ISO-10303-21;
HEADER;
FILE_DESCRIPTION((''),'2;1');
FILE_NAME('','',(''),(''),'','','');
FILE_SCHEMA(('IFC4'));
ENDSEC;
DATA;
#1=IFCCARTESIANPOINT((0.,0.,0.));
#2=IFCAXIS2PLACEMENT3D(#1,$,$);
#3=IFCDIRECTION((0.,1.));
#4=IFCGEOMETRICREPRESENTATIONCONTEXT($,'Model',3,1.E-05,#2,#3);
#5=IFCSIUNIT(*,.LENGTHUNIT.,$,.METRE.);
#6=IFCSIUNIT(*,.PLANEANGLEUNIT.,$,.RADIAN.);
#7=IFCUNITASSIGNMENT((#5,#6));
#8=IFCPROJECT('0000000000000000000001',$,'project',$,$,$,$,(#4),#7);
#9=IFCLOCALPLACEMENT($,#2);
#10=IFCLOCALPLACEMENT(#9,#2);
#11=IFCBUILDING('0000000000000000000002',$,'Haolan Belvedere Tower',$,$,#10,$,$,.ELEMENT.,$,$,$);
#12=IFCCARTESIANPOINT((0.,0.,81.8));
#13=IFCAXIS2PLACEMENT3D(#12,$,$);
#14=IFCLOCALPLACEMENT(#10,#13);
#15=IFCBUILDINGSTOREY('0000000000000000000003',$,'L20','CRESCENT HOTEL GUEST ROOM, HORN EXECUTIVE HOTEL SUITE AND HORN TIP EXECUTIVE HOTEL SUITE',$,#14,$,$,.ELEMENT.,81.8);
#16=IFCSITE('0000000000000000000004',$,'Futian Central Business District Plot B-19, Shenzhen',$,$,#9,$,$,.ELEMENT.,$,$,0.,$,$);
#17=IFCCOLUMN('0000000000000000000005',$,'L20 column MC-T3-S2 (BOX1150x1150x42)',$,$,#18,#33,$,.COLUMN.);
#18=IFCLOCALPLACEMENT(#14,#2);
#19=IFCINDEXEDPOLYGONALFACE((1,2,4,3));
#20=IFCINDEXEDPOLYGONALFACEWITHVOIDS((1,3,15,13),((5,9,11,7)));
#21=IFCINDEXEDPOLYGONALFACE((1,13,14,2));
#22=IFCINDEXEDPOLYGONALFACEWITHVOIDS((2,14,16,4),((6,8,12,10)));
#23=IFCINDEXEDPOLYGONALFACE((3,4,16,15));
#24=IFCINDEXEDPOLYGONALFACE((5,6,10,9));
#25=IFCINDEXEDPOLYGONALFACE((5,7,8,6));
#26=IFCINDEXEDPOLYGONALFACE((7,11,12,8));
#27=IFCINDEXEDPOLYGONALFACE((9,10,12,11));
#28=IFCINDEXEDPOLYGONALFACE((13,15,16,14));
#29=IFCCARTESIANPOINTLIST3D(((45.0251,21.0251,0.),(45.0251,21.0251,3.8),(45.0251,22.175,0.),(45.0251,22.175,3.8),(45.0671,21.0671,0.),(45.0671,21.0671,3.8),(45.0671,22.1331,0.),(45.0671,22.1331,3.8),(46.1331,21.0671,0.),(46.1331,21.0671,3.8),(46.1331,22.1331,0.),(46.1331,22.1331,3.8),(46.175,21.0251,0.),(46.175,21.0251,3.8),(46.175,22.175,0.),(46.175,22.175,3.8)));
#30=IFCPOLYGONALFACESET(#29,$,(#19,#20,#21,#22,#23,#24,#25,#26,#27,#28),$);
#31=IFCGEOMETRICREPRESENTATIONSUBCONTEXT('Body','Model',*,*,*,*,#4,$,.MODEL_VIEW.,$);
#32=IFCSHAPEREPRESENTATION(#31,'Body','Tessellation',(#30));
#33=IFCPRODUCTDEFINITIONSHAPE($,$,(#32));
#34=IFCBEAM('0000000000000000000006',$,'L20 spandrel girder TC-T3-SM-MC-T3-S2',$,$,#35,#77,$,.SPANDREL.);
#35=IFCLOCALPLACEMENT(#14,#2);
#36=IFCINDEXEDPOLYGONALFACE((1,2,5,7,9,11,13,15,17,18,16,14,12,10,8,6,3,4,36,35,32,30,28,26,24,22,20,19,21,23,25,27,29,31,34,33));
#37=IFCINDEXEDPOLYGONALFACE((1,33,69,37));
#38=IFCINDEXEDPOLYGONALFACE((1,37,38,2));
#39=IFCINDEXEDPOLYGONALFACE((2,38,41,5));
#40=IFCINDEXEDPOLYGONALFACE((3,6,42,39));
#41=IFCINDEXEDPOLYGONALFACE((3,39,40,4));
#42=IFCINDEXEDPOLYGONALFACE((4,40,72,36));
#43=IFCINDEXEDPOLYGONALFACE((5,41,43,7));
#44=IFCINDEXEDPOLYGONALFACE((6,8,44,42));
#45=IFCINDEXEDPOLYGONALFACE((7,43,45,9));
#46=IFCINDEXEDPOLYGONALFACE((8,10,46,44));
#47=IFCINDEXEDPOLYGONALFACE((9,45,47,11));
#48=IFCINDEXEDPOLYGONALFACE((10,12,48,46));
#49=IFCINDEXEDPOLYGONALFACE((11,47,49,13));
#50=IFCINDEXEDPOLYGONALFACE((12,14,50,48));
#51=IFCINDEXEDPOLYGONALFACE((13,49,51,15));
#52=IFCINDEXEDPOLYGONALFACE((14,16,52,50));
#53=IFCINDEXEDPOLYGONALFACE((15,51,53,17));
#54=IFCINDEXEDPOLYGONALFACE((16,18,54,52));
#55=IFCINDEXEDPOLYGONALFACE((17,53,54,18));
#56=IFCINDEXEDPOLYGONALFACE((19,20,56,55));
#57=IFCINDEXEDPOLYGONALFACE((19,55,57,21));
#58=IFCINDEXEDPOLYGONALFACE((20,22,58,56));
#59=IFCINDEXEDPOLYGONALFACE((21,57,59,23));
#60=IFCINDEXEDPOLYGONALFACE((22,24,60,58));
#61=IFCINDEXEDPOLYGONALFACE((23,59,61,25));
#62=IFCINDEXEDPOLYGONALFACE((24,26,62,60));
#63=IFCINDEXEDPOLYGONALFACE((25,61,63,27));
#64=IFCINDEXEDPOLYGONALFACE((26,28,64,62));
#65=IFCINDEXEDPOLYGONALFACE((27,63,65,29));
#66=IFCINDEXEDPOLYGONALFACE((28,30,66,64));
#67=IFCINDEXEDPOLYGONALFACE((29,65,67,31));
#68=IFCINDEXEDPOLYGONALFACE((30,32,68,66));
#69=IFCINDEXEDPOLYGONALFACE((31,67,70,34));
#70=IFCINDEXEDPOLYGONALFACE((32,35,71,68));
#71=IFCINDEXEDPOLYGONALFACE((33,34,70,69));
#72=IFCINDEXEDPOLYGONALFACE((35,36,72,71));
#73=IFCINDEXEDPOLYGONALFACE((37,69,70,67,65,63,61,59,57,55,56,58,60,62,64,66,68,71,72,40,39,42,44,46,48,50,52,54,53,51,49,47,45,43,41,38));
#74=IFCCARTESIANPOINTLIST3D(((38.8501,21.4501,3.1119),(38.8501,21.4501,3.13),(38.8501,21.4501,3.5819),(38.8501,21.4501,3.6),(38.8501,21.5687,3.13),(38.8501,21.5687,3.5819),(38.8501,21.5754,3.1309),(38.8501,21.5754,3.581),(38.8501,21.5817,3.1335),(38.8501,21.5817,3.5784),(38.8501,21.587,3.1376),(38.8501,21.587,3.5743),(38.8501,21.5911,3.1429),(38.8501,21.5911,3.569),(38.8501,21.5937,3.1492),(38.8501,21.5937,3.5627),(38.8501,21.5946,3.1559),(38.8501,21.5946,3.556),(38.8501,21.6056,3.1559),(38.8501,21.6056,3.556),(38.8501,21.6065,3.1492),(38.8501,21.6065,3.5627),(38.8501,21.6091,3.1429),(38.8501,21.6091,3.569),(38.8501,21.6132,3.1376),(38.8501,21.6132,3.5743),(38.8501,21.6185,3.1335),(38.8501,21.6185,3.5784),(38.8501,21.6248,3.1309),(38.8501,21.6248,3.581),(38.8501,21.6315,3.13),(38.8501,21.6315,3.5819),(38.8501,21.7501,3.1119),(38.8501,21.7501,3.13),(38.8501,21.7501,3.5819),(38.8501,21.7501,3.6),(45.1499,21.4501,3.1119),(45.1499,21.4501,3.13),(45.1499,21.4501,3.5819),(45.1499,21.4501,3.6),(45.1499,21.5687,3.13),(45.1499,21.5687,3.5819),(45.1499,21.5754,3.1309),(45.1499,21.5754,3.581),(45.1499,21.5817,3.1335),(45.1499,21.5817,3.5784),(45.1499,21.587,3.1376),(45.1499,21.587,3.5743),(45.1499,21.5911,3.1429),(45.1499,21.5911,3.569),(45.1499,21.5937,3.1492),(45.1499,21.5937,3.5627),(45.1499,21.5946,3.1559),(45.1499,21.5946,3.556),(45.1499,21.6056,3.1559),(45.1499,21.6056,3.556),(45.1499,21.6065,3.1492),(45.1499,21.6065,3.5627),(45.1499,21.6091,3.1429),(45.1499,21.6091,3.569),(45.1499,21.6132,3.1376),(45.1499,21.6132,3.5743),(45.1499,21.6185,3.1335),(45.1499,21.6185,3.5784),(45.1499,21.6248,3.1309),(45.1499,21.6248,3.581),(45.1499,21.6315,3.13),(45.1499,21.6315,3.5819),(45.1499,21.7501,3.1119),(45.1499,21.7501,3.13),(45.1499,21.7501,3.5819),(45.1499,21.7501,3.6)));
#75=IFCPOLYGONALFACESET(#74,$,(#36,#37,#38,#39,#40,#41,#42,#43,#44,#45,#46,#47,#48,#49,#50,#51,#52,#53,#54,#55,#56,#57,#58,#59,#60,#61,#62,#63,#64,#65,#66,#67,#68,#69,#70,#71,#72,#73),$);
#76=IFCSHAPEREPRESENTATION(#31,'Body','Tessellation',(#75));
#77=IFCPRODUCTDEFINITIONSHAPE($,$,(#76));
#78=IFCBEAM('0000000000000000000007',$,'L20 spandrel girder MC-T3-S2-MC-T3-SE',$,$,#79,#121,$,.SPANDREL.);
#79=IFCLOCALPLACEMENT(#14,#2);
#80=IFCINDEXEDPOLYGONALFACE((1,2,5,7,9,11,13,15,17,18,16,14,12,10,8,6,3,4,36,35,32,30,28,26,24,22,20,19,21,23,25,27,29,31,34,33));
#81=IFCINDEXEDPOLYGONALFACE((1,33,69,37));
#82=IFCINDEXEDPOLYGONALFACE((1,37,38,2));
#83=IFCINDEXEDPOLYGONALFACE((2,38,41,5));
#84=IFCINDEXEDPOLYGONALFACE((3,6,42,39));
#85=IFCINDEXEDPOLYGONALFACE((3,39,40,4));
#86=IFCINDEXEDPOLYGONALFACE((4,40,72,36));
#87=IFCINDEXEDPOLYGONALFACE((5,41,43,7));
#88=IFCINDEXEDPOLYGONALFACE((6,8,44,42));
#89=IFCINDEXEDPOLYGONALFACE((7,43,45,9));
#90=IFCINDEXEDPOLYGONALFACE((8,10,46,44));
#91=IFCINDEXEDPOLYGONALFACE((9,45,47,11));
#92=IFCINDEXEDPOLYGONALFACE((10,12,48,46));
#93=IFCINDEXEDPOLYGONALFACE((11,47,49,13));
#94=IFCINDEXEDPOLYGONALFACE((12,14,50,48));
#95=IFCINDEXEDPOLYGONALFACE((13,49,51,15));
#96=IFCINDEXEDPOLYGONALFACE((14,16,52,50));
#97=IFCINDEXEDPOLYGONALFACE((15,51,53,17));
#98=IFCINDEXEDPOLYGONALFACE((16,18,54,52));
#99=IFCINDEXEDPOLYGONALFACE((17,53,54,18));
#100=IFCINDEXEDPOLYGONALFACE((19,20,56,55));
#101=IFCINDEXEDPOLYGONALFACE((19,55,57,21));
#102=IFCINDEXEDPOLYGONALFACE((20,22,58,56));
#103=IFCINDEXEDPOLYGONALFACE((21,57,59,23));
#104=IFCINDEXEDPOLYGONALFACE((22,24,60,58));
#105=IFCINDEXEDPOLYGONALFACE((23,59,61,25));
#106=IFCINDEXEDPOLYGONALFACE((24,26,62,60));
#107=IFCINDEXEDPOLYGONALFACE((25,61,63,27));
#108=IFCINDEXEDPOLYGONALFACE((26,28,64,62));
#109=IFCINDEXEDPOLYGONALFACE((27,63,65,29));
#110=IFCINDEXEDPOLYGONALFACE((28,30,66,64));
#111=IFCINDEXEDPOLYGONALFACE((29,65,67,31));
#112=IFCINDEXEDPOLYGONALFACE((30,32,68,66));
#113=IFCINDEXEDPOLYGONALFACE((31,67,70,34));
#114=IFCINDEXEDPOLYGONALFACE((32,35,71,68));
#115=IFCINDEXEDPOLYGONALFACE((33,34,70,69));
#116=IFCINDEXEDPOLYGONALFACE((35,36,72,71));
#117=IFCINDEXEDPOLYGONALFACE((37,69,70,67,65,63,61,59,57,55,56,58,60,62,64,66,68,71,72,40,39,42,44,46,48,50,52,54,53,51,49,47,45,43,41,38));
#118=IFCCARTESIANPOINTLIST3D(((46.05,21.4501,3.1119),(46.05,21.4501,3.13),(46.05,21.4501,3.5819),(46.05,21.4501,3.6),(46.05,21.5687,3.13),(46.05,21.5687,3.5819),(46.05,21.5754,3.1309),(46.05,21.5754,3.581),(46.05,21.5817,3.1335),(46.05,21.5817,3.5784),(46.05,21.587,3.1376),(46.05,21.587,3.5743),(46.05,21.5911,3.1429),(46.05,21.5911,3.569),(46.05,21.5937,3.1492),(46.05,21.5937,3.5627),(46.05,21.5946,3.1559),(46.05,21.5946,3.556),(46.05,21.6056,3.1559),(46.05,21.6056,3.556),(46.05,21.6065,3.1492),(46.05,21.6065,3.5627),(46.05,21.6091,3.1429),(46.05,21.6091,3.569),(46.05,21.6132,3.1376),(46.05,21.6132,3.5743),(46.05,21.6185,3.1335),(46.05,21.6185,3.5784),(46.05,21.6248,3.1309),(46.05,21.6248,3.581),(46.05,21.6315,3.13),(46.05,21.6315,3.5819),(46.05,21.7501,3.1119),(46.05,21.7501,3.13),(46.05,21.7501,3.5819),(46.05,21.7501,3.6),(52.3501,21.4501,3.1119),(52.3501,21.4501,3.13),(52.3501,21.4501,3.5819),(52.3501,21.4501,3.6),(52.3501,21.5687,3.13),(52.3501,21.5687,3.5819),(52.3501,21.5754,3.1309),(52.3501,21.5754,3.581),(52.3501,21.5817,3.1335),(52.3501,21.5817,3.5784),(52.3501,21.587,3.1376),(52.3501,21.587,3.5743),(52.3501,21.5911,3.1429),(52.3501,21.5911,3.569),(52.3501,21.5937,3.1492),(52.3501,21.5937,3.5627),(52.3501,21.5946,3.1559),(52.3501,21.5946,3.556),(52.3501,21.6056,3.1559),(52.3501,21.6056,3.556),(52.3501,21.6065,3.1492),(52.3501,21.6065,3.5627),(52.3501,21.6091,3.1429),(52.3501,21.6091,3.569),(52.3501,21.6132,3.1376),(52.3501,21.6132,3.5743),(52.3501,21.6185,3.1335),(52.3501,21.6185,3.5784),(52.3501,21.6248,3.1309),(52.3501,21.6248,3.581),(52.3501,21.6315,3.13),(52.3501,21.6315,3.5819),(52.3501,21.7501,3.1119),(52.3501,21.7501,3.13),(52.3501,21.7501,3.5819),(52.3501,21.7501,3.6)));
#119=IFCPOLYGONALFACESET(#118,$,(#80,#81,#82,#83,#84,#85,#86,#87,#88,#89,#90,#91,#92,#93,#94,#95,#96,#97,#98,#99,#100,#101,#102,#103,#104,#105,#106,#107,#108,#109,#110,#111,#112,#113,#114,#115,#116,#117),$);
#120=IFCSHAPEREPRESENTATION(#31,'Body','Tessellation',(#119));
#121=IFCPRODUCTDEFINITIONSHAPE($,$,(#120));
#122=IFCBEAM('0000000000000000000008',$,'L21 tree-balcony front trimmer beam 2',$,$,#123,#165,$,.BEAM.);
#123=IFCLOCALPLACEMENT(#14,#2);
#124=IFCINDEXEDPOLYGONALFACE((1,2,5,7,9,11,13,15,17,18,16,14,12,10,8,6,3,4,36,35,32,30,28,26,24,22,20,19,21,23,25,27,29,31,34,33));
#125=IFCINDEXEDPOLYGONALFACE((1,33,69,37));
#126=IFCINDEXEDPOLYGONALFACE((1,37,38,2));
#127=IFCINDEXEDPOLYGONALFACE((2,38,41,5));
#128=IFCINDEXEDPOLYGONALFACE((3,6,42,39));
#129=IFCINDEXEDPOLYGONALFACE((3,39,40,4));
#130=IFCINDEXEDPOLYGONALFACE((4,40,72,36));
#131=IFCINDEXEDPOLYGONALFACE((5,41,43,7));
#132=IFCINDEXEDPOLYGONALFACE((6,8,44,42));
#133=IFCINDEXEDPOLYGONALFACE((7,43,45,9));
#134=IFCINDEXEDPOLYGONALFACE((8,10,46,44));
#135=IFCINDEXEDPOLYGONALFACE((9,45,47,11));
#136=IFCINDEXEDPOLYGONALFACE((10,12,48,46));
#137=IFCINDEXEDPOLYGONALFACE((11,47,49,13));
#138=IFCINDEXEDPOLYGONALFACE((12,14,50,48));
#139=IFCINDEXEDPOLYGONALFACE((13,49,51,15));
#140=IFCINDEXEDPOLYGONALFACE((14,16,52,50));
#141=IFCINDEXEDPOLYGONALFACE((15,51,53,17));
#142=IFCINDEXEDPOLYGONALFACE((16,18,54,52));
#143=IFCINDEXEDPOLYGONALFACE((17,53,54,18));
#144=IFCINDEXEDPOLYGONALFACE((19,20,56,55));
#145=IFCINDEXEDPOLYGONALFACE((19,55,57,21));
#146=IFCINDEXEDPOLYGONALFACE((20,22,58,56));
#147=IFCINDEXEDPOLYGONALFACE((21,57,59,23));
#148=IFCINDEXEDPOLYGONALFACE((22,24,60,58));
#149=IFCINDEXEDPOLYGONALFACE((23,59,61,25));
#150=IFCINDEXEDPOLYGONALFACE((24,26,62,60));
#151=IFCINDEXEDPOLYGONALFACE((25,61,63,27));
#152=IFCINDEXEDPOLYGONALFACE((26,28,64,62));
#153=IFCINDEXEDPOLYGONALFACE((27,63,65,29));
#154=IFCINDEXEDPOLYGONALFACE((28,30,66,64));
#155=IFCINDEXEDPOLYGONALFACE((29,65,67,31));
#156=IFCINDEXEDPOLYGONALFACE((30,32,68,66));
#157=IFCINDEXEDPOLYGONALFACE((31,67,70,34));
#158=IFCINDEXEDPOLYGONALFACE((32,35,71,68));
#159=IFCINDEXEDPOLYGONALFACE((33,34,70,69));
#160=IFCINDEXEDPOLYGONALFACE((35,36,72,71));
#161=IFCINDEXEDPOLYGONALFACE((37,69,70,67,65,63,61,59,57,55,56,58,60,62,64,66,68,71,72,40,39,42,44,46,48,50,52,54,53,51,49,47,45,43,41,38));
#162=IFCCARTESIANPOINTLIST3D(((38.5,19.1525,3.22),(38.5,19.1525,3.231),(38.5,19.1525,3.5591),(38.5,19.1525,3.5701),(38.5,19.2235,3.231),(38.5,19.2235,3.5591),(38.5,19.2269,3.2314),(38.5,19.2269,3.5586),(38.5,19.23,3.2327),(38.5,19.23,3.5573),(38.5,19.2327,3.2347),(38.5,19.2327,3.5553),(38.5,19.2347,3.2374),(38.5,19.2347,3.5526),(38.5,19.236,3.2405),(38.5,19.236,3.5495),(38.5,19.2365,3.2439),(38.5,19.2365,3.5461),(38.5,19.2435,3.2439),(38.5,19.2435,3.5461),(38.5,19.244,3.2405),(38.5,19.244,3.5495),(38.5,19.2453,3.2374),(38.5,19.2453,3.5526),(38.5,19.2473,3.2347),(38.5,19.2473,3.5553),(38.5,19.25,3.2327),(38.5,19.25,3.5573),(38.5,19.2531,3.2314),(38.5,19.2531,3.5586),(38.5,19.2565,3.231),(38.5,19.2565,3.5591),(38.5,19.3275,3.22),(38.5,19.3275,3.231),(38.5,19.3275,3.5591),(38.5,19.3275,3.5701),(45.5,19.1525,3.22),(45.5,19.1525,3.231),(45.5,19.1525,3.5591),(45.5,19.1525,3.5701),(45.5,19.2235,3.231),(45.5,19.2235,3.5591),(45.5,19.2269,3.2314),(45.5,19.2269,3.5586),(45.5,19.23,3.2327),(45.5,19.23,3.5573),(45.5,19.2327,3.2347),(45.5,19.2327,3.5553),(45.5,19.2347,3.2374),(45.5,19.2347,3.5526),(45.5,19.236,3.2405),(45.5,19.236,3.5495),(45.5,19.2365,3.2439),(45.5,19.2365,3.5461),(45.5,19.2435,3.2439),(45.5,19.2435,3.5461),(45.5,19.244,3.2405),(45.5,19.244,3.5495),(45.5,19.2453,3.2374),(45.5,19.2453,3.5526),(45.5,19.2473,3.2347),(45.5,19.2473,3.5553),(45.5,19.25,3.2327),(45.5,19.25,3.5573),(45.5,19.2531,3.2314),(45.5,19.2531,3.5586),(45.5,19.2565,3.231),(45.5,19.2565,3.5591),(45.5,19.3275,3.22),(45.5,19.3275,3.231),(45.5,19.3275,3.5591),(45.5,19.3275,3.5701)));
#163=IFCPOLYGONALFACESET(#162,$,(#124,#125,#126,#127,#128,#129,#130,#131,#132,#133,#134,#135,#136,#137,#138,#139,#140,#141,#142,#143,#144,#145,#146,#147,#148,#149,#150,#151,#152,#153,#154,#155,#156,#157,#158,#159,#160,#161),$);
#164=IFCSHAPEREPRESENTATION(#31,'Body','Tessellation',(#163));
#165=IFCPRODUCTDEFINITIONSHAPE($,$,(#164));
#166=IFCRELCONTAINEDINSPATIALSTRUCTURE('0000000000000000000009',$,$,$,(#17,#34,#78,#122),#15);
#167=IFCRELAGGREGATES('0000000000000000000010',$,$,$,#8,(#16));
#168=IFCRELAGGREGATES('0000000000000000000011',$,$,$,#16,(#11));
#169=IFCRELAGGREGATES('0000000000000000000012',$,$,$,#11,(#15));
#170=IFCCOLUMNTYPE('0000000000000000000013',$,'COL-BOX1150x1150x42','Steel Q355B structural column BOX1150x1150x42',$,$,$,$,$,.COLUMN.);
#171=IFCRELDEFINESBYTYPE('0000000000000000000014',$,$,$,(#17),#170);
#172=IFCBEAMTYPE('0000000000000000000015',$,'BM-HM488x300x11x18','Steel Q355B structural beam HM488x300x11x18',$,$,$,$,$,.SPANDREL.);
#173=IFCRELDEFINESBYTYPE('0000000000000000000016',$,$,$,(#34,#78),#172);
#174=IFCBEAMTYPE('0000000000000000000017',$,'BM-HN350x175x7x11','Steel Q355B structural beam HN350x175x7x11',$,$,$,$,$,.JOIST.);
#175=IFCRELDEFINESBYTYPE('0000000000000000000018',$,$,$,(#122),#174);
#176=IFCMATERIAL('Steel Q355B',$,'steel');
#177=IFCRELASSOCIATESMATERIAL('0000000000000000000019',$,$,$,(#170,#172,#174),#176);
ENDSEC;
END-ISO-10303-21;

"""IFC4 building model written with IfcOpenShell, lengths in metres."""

from ifc_helpers import new_model, si_unit, direction, frame, origin, origin_2d, place, context, subcontext, project, spatial, hollow_rectangle, i_section, extrude, material, material_profile, profile_set, type_object, element, save


model = new_model("IFC4")

# Units and contexts
model_context = context("Model", 3, precision=1e-05, world=origin(), true_north=direction((0.0, 1.0)))
body_context = subcontext(model_context, "Body", "Model", "MODEL_VIEW")
ifc_project = project(units=[si_unit("LENGTHUNIT", "METRE"), si_unit("PLANEANGLEUNIT", "RADIAN")], contexts=[model_context])

# Site, building, storey
site_placement = place(None, origin())
site = spatial("IfcSite", under=ifc_project, at=site_placement, Name="Futian Central Business District Plot B-19, Shenzhen", CompositionType="ELEMENT", RefElevation=0.0)
building_placement = place(site_placement, origin())
building = spatial("IfcBuilding", under=site, at=building_placement, Name="Haolan Belvedere Tower", CompositionType="ELEMENT")
storey_placement = place(building_placement, frame((0.0, 0.0, 81.8)))
storey = spatial("IfcBuildingStorey", under=building, at=storey_placement, Name="L20", Description="CRESCENT HOTEL GUEST ROOM, HORN EXECUTIVE HOTEL SUITE AND HORN TIP EXECUTIVE HOTEL SUITE", CompositionType="ELEMENT", Elevation=81.8)

# Column
ifc_material_1 = material(Name="Steel Q355B", Category="steel")
ifc_material_profile_1 = material_profile(ifc_material_1, hollow_rectangle(XDim=1.1499, YDim=1.1499, WallThickness=0.042, at=origin_2d()), Name="Steel Q355B")
ifc_profile_set_1 = profile_set([ifc_material_profile_1], Name="Steel Q355B")
column_type = type_object("IfcColumnType", Name="COL-BOX1150x1150x42", Description="Steel Q355B structural column BOX1150x1150x42", PredefinedType="COLUMN", material=ifc_profile_set_1)
column_placement = place(storey_placement, frame((45.6001, 21.6001, 0.0), z_axis=(0.0, 0.0, 1.0), x_axis=(1.0, 0.0, 0.0)))
element("IfcColumn", 1, at=column_placement, inside=storey, type_object=column_type, Name="L20 column MC-T3-S2 (BOX1150x1150x42)", PredefinedType="COLUMN", context=body_context, shape_type="SweptSolid", body=[
    extrude(hollow_rectangle(XDim=1.1499, YDim=1.1499, WallThickness=0.042, at=origin_2d()), origin(), (0.0, 0.0, 1.0), 3.8),
])

# Beams
ifc_material_profile_2 = material_profile(ifc_material_1, i_section(OverallWidth=0.3, OverallDepth=0.488, WebThickness=0.011, FlangeThickness=0.0181, FilletRadius=0.0259, at=origin_2d()), Name="Steel Q355B")
ifc_profile_set_2 = profile_set([ifc_material_profile_2], Name="Steel Q355B")
beam_type_1 = type_object("IfcBeamType", Name="BM-HM488x300x11x18", Description="Steel Q355B structural beam HM488x300x11x18", PredefinedType="SPANDREL", material=ifc_profile_set_2)
beam_1_placement = place(storey_placement, frame((38.8501, 21.6001, 3.356), z_axis=(1.0, 0.0, 0.0), x_axis=(0.0, 1.0, 0.0)))
element("IfcBeam", 2, at=beam_1_placement, inside=storey, type_object=beam_type_1, Name="L20 spandrel girder TC-T3-SM-MC-T3-S2", PredefinedType="SPANDREL", context=body_context, shape_type="SweptSolid", body=[
    extrude(i_section(OverallWidth=0.3, OverallDepth=0.488, WebThickness=0.011, FlangeThickness=0.0181, FilletRadius=0.0259, at=origin_2d()), origin(), (0.0, 0.0, 1.0), 6.2998),
])
beam_2_placement = place(storey_placement, frame((46.05, 21.6001, 3.356), z_axis=(1.0, 0.0, 0.0), x_axis=(0.0, 1.0, 0.0)))
element("IfcBeam", 3, at=beam_2_placement, inside=storey, type_object=beam_type_1, Name="L20 spandrel girder MC-T3-S2-MC-T3-SE", PredefinedType="SPANDREL", context=body_context, shape_type="SweptSolid", body=[
    extrude(i_section(OverallWidth=0.3, OverallDepth=0.488, WebThickness=0.011, FlangeThickness=0.0181, FilletRadius=0.0259, at=origin_2d()), origin(), (0.0, 0.0, 1.0), 6.3),
])
ifc_material_profile_3 = material_profile(ifc_material_1, i_section(OverallWidth=0.175, OverallDepth=0.3501, WebThickness=0.0071, FlangeThickness=0.011, FilletRadius=0.0129, at=origin_2d()), Name="Steel Q355B")
ifc_profile_set_3 = profile_set([ifc_material_profile_3], Name="Steel Q355B")
beam_type_2 = type_object("IfcBeamType", Name="BM-HN350x175x7x11", Description="Steel Q355B structural beam HN350x175x7x11", PredefinedType="JOIST", material=ifc_profile_set_3)
beam_3_placement = place(storey_placement, frame((38.5, 19.24, 3.395), z_axis=(1.0, 0.0, 0.0), x_axis=(0.0, 1.0, 0.0)))
element("IfcBeam", 4, at=beam_3_placement, inside=storey, type_object=beam_type_2, Name="L21 tree-balcony front trimmer beam 2", PredefinedType="BEAM", context=body_context, shape_type="SweptSolid", body=[
    extrude(i_section(OverallWidth=0.175, OverallDepth=0.3501, WebThickness=0.0071, FlangeThickness=0.011, FilletRadius=0.0129, at=origin_2d()), origin(), (0.0, 0.0, 1.0), 7.0),
])

save(model, "model.ifc")
